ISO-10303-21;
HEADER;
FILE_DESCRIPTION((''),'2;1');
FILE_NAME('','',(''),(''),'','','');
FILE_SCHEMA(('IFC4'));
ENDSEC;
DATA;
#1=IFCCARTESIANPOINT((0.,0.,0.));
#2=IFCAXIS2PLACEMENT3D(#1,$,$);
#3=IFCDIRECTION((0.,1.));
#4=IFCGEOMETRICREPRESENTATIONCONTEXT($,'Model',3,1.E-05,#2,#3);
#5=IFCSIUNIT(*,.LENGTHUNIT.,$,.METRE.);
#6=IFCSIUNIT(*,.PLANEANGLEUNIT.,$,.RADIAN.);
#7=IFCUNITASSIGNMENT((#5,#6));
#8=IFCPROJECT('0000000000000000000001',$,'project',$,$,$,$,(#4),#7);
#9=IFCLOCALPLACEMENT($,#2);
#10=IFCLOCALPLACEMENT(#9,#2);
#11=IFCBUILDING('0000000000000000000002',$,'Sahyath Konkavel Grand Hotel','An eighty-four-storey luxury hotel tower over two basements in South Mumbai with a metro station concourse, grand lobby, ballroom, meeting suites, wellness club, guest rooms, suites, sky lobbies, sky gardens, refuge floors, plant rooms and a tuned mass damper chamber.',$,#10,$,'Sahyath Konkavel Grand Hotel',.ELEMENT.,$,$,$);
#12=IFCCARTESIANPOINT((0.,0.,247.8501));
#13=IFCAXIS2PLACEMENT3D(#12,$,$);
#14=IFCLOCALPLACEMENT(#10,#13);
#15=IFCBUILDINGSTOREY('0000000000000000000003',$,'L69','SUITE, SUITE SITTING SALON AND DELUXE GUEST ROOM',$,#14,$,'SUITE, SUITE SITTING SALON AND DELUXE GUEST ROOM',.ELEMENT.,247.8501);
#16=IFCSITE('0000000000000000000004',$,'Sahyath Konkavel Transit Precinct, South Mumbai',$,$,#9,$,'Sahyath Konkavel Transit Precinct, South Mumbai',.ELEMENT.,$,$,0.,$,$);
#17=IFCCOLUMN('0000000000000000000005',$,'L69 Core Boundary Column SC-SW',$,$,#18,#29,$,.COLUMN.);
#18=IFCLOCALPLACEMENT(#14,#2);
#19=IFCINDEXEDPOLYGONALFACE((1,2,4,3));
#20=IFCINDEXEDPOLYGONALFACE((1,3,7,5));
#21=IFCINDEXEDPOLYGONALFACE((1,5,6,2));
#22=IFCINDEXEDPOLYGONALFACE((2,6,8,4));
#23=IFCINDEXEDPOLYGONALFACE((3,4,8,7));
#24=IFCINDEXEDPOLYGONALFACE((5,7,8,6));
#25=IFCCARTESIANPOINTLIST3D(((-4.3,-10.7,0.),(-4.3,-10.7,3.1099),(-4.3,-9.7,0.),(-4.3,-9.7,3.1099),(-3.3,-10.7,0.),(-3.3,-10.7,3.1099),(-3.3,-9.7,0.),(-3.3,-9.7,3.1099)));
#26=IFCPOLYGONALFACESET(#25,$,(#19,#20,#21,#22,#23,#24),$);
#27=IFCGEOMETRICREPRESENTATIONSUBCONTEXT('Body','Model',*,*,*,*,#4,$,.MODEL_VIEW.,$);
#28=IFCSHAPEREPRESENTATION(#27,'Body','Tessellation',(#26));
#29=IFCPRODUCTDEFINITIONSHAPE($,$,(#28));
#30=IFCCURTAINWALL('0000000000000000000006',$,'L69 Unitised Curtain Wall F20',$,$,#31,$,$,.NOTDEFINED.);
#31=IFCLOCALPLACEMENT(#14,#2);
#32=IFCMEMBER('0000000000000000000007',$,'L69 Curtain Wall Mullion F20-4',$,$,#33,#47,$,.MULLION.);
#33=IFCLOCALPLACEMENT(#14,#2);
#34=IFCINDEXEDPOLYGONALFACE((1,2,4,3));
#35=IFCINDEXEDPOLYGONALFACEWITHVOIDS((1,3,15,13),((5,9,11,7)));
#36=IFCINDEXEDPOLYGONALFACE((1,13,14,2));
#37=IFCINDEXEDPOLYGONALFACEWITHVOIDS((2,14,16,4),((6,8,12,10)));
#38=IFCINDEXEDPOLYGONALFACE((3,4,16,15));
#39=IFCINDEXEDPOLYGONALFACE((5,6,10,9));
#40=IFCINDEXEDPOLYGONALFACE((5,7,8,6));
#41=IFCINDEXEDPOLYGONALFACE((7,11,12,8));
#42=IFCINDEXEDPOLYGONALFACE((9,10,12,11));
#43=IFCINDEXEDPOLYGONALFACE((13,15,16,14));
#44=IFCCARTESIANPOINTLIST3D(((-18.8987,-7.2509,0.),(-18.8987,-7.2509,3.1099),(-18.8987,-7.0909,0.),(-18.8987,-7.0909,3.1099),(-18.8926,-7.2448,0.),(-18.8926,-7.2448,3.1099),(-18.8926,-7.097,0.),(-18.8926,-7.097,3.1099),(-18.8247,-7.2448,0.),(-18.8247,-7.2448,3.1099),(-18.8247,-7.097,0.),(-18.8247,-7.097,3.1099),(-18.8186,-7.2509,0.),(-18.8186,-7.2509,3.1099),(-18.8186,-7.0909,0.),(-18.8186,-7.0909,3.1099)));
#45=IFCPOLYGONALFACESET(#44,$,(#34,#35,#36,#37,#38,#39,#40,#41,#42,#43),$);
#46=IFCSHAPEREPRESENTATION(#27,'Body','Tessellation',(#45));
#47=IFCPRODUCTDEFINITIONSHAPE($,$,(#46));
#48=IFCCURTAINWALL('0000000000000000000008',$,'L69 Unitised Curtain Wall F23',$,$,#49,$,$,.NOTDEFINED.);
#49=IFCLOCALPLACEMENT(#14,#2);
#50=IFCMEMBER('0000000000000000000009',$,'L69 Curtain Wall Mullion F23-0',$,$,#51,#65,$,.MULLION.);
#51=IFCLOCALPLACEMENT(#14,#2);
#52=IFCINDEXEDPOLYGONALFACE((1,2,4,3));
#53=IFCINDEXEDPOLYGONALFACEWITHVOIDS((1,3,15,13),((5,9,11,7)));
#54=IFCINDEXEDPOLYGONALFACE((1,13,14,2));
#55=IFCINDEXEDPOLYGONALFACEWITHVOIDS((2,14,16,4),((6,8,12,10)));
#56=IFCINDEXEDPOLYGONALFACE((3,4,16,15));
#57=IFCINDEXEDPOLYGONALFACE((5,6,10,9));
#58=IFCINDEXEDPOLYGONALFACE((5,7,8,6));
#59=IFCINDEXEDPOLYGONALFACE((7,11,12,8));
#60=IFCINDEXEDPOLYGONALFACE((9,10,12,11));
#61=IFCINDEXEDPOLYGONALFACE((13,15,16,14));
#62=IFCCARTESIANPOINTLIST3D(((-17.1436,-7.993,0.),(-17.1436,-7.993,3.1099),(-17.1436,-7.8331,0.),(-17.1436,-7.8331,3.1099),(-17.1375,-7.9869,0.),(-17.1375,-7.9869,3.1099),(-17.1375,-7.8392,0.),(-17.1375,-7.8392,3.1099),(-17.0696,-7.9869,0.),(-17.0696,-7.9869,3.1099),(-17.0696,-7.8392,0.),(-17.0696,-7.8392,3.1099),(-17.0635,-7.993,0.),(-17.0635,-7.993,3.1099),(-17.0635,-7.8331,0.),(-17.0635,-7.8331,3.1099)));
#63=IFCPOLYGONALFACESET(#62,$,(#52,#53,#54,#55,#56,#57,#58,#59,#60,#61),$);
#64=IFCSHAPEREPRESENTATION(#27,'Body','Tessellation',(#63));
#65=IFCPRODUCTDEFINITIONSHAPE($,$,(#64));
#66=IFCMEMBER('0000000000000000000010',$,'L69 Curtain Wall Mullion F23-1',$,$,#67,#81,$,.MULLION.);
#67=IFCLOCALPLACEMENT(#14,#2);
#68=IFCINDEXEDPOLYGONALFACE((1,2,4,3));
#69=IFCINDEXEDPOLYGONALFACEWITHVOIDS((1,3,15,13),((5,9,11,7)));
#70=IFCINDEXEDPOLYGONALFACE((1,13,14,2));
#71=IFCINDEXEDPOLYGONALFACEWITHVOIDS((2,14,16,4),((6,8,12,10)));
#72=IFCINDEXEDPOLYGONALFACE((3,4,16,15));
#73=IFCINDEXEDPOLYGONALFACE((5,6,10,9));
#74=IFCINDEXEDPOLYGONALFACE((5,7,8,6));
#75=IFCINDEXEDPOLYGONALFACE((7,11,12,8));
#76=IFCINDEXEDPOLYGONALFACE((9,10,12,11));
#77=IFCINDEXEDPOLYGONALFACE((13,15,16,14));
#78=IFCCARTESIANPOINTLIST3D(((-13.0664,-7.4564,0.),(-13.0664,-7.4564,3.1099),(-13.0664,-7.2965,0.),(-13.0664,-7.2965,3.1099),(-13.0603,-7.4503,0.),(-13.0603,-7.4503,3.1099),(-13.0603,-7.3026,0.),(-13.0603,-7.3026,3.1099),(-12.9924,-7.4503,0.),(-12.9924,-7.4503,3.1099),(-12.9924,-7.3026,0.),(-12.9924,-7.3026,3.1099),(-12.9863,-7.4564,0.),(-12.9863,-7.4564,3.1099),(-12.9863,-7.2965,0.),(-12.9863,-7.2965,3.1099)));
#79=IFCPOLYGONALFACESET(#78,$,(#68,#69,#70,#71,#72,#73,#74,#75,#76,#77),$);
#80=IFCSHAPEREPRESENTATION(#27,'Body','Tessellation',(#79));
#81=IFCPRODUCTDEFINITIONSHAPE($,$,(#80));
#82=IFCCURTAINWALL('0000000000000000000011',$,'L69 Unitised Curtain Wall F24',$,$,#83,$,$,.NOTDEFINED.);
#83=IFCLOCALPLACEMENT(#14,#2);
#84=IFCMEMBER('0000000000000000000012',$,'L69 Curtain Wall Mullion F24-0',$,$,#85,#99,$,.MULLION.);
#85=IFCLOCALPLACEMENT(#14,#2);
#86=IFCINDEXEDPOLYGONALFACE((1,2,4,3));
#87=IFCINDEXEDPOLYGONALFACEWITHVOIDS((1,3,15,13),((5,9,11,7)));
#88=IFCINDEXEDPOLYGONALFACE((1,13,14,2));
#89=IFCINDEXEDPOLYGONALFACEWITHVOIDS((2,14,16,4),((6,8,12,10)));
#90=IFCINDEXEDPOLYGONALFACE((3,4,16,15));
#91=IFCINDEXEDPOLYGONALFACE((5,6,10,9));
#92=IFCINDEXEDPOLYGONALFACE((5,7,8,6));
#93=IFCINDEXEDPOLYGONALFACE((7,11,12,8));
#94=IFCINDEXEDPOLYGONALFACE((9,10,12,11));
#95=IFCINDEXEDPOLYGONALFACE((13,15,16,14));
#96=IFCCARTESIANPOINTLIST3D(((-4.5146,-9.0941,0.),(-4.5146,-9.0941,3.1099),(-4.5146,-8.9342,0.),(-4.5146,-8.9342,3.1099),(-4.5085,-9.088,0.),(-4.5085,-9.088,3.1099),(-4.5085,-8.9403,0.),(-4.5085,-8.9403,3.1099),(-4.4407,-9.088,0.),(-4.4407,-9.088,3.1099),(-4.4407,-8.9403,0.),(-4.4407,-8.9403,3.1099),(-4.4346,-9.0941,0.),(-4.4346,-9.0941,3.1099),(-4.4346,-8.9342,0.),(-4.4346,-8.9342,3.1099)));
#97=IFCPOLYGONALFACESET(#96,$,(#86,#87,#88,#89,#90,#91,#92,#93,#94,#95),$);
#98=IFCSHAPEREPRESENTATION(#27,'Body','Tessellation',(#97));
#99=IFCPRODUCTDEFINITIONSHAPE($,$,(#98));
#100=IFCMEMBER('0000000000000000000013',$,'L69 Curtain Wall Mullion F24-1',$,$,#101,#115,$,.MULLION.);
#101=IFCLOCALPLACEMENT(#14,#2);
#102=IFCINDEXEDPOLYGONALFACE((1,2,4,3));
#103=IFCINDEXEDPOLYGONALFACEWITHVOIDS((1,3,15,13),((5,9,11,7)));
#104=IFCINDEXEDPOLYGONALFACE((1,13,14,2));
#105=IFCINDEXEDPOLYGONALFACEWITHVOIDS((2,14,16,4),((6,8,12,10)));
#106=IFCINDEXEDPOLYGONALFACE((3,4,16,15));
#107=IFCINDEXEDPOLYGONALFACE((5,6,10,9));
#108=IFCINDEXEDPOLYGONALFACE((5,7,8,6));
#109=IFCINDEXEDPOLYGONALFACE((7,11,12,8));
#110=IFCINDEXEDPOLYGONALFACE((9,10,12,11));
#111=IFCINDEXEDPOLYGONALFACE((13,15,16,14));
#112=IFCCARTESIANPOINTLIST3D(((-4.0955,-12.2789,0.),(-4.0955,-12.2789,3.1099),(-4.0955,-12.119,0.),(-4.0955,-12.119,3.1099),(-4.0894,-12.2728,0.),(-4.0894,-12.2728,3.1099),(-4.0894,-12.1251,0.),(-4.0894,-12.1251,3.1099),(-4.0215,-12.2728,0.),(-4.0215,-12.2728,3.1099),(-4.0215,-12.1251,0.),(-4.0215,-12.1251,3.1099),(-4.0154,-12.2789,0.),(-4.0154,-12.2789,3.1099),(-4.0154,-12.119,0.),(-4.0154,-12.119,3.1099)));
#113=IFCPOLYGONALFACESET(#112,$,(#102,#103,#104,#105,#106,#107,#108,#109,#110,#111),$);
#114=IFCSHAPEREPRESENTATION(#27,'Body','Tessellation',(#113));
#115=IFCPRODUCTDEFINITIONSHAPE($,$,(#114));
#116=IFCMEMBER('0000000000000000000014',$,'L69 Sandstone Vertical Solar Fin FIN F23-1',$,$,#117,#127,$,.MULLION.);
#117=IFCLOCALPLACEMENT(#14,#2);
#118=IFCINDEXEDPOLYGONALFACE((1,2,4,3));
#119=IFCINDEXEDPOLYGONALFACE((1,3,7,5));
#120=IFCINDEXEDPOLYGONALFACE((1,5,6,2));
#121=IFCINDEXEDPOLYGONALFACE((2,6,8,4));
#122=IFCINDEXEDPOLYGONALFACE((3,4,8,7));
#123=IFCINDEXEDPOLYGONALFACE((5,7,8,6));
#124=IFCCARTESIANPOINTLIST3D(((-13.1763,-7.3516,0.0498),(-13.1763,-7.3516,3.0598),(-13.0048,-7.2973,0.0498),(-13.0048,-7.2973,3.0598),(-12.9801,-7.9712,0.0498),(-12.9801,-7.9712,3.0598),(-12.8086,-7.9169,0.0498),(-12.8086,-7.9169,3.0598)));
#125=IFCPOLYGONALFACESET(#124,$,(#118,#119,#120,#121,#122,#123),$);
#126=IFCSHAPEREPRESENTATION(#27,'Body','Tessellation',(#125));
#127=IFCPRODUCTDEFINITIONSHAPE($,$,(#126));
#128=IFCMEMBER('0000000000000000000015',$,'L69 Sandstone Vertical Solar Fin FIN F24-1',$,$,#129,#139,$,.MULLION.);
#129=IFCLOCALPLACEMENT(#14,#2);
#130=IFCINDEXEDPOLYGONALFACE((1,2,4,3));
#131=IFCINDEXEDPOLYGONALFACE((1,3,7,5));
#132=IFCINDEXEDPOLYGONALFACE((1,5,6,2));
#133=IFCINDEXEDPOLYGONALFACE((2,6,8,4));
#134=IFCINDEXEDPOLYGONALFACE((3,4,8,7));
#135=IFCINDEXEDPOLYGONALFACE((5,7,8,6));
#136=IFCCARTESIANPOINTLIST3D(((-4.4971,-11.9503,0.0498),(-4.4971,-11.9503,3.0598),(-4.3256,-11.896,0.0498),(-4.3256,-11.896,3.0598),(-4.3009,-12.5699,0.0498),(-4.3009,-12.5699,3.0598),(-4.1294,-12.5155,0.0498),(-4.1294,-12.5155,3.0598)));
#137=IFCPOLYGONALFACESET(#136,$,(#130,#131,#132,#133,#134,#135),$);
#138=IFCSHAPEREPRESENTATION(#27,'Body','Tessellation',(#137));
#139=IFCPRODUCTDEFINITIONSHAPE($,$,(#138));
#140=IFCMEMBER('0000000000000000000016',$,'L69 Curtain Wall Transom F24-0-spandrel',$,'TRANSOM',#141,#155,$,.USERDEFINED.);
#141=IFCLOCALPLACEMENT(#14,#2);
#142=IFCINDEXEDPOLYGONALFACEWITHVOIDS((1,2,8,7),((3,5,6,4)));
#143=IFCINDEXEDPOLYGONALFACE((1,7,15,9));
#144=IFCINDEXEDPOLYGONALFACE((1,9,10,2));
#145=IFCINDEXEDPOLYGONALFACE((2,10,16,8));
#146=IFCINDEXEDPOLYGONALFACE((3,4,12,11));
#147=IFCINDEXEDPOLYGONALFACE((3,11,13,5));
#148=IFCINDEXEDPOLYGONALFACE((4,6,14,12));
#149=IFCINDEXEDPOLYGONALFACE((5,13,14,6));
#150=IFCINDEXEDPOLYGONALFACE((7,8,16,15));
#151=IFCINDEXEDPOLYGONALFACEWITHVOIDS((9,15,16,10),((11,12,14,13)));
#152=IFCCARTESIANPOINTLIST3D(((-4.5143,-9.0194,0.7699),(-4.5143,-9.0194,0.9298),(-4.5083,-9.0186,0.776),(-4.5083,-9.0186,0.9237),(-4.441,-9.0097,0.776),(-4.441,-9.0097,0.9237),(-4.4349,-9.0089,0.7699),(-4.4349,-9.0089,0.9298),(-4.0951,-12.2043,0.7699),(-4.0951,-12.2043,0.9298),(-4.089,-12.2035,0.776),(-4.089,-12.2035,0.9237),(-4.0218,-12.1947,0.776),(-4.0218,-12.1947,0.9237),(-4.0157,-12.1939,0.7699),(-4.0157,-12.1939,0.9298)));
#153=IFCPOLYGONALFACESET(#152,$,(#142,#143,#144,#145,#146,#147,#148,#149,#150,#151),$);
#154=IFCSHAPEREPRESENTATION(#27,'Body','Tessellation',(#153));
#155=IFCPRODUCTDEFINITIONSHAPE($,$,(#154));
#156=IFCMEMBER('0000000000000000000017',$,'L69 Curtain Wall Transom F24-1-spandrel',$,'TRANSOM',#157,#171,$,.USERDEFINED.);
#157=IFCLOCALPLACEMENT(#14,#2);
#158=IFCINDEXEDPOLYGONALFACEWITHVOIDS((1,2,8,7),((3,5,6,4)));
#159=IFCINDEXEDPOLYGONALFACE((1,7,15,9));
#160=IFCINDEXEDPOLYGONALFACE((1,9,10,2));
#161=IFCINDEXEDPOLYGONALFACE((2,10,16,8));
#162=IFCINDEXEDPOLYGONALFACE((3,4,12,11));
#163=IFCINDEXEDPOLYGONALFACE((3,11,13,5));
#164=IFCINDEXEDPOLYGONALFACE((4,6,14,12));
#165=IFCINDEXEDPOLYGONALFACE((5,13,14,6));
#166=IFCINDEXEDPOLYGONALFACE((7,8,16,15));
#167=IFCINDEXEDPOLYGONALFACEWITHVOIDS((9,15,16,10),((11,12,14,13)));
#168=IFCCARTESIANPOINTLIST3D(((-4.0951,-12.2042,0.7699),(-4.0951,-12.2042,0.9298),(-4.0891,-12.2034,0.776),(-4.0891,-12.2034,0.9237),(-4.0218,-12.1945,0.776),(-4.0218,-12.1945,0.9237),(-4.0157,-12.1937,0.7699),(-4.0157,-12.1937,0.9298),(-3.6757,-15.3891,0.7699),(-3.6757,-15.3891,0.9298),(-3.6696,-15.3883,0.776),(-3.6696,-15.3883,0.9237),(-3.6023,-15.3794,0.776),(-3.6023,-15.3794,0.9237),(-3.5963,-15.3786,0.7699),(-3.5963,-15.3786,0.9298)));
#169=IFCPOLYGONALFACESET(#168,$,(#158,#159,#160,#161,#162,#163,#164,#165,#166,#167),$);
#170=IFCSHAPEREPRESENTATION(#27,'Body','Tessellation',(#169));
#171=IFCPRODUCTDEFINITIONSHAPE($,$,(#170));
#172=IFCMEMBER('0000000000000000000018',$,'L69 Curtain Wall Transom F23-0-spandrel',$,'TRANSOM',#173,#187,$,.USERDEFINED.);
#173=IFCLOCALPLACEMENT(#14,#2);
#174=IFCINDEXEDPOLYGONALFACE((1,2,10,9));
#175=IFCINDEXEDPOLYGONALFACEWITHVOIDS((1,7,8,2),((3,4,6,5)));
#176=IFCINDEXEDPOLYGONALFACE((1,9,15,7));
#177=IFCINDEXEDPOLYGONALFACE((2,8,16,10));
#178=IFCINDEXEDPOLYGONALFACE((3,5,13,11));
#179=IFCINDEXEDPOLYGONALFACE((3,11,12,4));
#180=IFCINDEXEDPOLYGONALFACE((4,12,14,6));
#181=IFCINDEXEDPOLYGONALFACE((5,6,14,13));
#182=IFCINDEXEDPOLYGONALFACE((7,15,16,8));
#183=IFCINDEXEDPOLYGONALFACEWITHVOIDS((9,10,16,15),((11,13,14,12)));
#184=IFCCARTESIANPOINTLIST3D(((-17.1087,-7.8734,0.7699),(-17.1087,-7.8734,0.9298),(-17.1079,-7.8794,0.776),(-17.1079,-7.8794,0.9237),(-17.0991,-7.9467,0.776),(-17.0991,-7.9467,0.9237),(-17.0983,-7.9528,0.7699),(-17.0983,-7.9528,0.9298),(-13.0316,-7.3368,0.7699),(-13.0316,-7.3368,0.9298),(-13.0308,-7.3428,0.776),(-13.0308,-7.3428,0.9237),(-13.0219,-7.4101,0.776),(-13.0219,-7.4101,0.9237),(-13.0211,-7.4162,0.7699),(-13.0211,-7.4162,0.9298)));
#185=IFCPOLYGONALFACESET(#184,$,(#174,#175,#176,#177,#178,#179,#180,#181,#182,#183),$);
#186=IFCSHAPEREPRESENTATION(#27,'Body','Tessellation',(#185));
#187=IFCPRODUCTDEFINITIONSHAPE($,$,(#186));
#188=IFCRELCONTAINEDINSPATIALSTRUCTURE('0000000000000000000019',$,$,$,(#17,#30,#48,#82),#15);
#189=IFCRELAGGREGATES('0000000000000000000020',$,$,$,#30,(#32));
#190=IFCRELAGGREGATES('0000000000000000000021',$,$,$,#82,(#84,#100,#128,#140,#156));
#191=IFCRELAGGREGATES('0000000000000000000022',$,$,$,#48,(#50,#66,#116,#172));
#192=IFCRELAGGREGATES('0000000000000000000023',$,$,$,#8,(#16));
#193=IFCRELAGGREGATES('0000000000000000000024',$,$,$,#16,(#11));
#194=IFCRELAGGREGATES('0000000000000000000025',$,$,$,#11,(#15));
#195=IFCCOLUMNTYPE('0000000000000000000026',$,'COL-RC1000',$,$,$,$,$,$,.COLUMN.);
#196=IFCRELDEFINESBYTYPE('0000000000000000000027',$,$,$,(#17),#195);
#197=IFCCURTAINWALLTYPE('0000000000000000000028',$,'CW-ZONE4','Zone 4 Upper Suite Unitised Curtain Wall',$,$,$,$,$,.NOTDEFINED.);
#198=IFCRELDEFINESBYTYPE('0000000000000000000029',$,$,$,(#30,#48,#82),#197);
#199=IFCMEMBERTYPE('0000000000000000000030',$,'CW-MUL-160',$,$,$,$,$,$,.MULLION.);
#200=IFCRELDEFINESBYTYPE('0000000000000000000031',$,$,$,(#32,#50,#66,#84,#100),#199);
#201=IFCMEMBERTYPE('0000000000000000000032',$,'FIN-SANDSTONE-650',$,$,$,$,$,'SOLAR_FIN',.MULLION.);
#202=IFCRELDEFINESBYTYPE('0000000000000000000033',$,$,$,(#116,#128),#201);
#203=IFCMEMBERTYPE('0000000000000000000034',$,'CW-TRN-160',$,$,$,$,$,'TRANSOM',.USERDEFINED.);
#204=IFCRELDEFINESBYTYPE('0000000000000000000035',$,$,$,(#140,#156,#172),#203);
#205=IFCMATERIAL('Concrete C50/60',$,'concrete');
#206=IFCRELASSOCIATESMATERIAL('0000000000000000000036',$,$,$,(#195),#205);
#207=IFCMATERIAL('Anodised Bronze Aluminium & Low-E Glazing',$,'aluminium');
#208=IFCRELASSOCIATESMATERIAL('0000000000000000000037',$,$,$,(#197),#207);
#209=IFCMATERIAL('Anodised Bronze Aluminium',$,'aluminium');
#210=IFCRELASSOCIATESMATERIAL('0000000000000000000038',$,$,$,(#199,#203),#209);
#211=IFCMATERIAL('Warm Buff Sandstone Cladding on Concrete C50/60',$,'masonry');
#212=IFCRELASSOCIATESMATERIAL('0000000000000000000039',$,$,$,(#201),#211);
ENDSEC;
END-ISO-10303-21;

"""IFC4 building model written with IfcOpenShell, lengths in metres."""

from ifc_helpers import new_model, si_unit, direction, frame, origin, origin_2d, place, context, subcontext, project, spatial, rectangle, hollow_rectangle, extrude, source, transform, mapped, material, material_profile, profile_set, type_object, element, aggregate, save


model = new_model("IFC4")

# Units and contexts
model_context = context("Model", 3, precision=1e-05, world=origin(), true_north=direction((0.0, 1.0)))
body_context = subcontext(model_context, "Body", "Model", "MODEL_VIEW")
ifc_project = project(units=[si_unit("LENGTHUNIT", "METRE"), si_unit("PLANEANGLEUNIT", "RADIAN")], contexts=[model_context])

# Site, building, storey
site_placement = place(None, origin())
site = spatial("IfcSite", under=ifc_project, at=site_placement, Name="Sahyath Konkavel Transit Precinct, South Mumbai", LongName="Sahyath Konkavel Transit Precinct, South Mumbai", CompositionType="ELEMENT", RefElevation=0.0)
building_placement = place(site_placement, origin())
building = spatial("IfcBuilding", under=site, at=building_placement, Name="Sahyath Konkavel Grand Hotel", Description="An eighty-four-storey luxury hotel tower over two basements in South Mumbai with a metro station concourse, grand lobby, ballroom, meeting suites, wellness club, guest rooms, suites, sky lobbies, sky gardens, refuge floors, plant rooms and a tuned mass damper chamber.", LongName="Sahyath Konkavel Grand Hotel", CompositionType="ELEMENT")
storey_placement = place(building_placement, frame((0.0, 0.0, 247.8501)))
storey = spatial("IfcBuildingStorey", under=building, at=storey_placement, Name="L69", Description="SUITE, SUITE SITTING SALON AND DELUXE GUEST ROOM", LongName="SUITE, SUITE SITTING SALON AND DELUXE GUEST ROOM", CompositionType="ELEMENT", Elevation=247.8501)

# Column
ifc_material_1 = material(Name="Concrete C50/60", Category="concrete")
ifc_material_profile_1 = material_profile(ifc_material_1, rectangle(XDim=1.0, YDim=1.0, at=origin_2d()), Name="RC 1000x1000")
ifc_profile_set_1 = profile_set([ifc_material_profile_1], Name="Concrete C50/60")
column_type = type_object("IfcColumnType", Name="COL-RC1000", PredefinedType="COLUMN", material=ifc_profile_set_1)
shared_shape_1 = source(origin(), body_context, "Body", "SweptSolid", [
    extrude(rectangle(XDim=1.0, YDim=1.0, at=origin_2d()), origin(), (0.0, 0.0, 1.0), 3.1099),
])
column_placement = place(storey_placement, frame((-3.8, -10.2, 0.0), z_axis=(0.0, 0.0, 1.0), x_axis=(1.0, 0.0, 0.0)))
element("IfcColumn", 1, at=column_placement, inside=storey, type_object=column_type, Name="L69 Core Boundary Column SC-SW", PredefinedType="COLUMN", context=body_context, shape_type="MappedRepresentation", body=[
    mapped(shared_shape_1, transform((0.0, 0.0, 0.0), scale=1.0)),
])

# Curtain wall, member
ifc_material_2 = material(Name="Anodised Bronze Aluminium & Low-E Glazing", Category="aluminium")
curtain_wall_type = type_object("IfcCurtainWallType", Name="CW-ZONE4", Description="Zone 4 Upper Suite Unitised Curtain Wall", PredefinedType="NOTDEFINED", material=ifc_material_2)
curtain_wall_1_placement = place(storey_placement, origin())
curtain_wall_1 = element("IfcCurtainWall", 2, at=curtain_wall_1_placement, inside=storey, type_object=curtain_wall_type, Name="L69 Unitised Curtain Wall F20", PredefinedType="NOTDEFINED")
ifc_material_3 = material(Name="Anodised Bronze Aluminium", Category="aluminium")
ifc_material_profile_2 = material_profile(ifc_material_3, hollow_rectangle(XDim=0.0801, YDim=0.1599, WallThickness=0.0061, at=origin_2d()), Name="RHS 160x80x6")
ifc_profile_set_2 = profile_set([ifc_material_profile_2], Name="Anodised Bronze Aluminium")
member_type_1 = type_object("IfcMemberType", Name="CW-MUL-160", PredefinedType="MULLION", material=ifc_profile_set_2)
shared_shape_2 = source(origin(), body_context, "Body", "SweptSolid", [
    extrude(hollow_rectangle(XDim=0.0801, YDim=0.1599, WallThickness=0.0061, at=origin_2d()), origin(), (0.0, 0.0, 1.0), 3.1099),
])
member_1_placement = place(storey_placement, frame((-18.8586, -7.1709, 0.0), z_axis=(0.0, 0.0, 1.0), x_axis=(1.0, 0.0, 0.0)))
member_1 = element("IfcMember", 3, at=member_1_placement, type_object=member_type_1, Name="L69 Curtain Wall Mullion F20-4", PredefinedType="MULLION", context=body_context, shape_type="MappedRepresentation", body=[
    mapped(shared_shape_2, transform((0.0, 0.0, 0.0), scale=1.0)),
])
aggregate(curtain_wall_1, [member_1])

# Curtain walls, members
curtain_wall_2_placement = place(storey_placement, origin())
curtain_wall_2 = element("IfcCurtainWall", 4, at=curtain_wall_2_placement, inside=storey, type_object=curtain_wall_type, Name="L69 Unitised Curtain Wall F23", PredefinedType="NOTDEFINED")
member_2_placement = place(storey_placement, frame((-17.1035, -7.9131, 0.0), z_axis=(0.0, 0.0, 1.0), x_axis=(1.0, 0.0, 0.0)))
member_2 = element("IfcMember", 5, at=member_2_placement, type_object=member_type_1, Name="L69 Curtain Wall Mullion F23-0", PredefinedType="MULLION", context=body_context, shape_type="MappedRepresentation", body=[
    mapped(shared_shape_2, transform((0.0, 0.0, 0.0), scale=1.0)),
])
member_3_placement = place(storey_placement, frame((-13.0264, -7.3765, 0.0), z_axis=(0.0, 0.0, 1.0), x_axis=(1.0, 0.0, 0.0)))
member_3 = element("IfcMember", 6, at=member_3_placement, type_object=member_type_1, Name="L69 Curtain Wall Mullion F23-1", PredefinedType="MULLION", context=body_context, shape_type="MappedRepresentation", body=[
    mapped(shared_shape_2, transform((0.0, 0.0, 0.0), scale=1.0)),
])
curtain_wall_3_placement = place(storey_placement, origin())
curtain_wall_3 = element("IfcCurtainWall", 7, at=curtain_wall_3_placement, inside=storey, type_object=curtain_wall_type, Name="L69 Unitised Curtain Wall F24", PredefinedType="NOTDEFINED")
member_4_placement = place(storey_placement, frame((-4.4746, -9.0142, 0.0), z_axis=(0.0, 0.0, 1.0), x_axis=(1.0, 0.0, 0.0)))
member_4 = element("IfcMember", 8, at=member_4_placement, type_object=member_type_1, Name="L69 Curtain Wall Mullion F24-0", PredefinedType="MULLION", context=body_context, shape_type="MappedRepresentation", body=[
    mapped(shared_shape_2, transform((0.0, 0.0, 0.0), scale=1.0)),
])
member_5_placement = place(storey_placement, frame((-4.0554, -12.199, 0.0), z_axis=(0.0, 0.0, 1.0), x_axis=(1.0, 0.0, 0.0)))
member_5 = element("IfcMember", 9, at=member_5_placement, type_object=member_type_1, Name="L69 Curtain Wall Mullion F24-1", PredefinedType="MULLION", context=body_context, shape_type="MappedRepresentation", body=[
    mapped(shared_shape_2, transform((0.0, 0.0, 0.0), scale=1.0)),
])

# Members
ifc_material_4 = material(Name="Warm Buff Sandstone Cladding on Concrete C50/60", Category="masonry")
ifc_material_profile_3 = material_profile(ifc_material_4, rectangle(XDim=0.1799, YDim=0.6499, at=origin_2d()), Name="FIN 180x650")
ifc_profile_set_3 = profile_set([ifc_material_profile_3], Name="Warm Buff Sandstone Cladding on Concrete C50/60")
member_type_2 = type_object("IfcMemberType", Name="FIN-SANDSTONE-650", ElementType="SOLAR_FIN", PredefinedType="MULLION", material=ifc_profile_set_3)
shared_shape_3 = source(origin(), body_context, "Body", "SweptSolid", [
    extrude(rectangle(XDim=0.1799, YDim=0.6499, at=origin_2d()), origin(), (0.0, 0.0, 1.0), 3.01),
])
member_6_placement = place(storey_placement, frame((-12.9924, -7.6343, 0.0498), z_axis=(0.0, 0.0, 1.0), x_axis=(0.953349, 0.301871, 0.0)))
member_6 = element("IfcMember", 10, at=member_6_placement, type_object=member_type_2, Name="L69 Sandstone Vertical Solar Fin FIN F23-1", PredefinedType="MULLION", context=body_context, shape_type="MappedRepresentation", body=[
    mapped(shared_shape_3, transform((0.0, 0.0, 0.0), scale=1.0)),
])
member_7_placement = place(storey_placement, frame((-4.3132, -12.2329, 0.0498), z_axis=(0.0, 0.0, 1.0), x_axis=(0.953349, 0.301871, 0.0)))
member_7 = element("IfcMember", 11, at=member_7_placement, type_object=member_type_2, Name="L69 Sandstone Vertical Solar Fin FIN F24-1", PredefinedType="MULLION", context=body_context, shape_type="MappedRepresentation", body=[
    mapped(shared_shape_3, transform((0.0, 0.0, 0.0), scale=1.0)),
])
ifc_material_profile_4 = material_profile(ifc_material_3, hollow_rectangle(XDim=0.0801, YDim=0.1599, WallThickness=0.0061, at=origin_2d()), Name="RHS 160x80x6")
ifc_profile_set_4 = profile_set([ifc_material_profile_4], Name="Anodised Bronze Aluminium")
member_type_3 = type_object("IfcMemberType", Name="CW-TRN-160", ElementType="TRANSOM", PredefinedType="USERDEFINED", material=ifc_profile_set_4)
shared_shape_4 = source(origin(), body_context, "Body", "SweptSolid", [
    extrude(hollow_rectangle(XDim=0.0801, YDim=0.1599, WallThickness=0.0061, at=origin_2d()), origin(), (0.0, 0.0, 1.0), 3.2124),
])
member_8_placement = place(storey_placement, frame((-4.4746, -9.0142, 0.8499), z_axis=(0.130496, -0.991449, 0.0), x_axis=(0.991449, 0.130496, 0.0)))
member_8 = element("IfcMember", 12, at=member_8_placement, type_object=member_type_3, Name="L69 Curtain Wall Transom F24-0-spandrel", ObjectType="TRANSOM", PredefinedType="USERDEFINED", context=body_context, shape_type="MappedRepresentation", body=[
    mapped(shared_shape_4, transform((0.0, 0.0, 0.0), scale=1.0)),
])
member_9_placement = place(storey_placement, frame((-4.0554, -12.199, 0.8499), z_axis=(0.130571, -0.991439, 0.0), x_axis=(0.991439, 0.130571, 0.0)))
member_9 = element("IfcMember", 13, at=member_9_placement, type_object=member_type_3, Name="L69 Curtain Wall Transom F24-1-spandrel", ObjectType="TRANSOM", PredefinedType="USERDEFINED", context=body_context, shape_type="MappedRepresentation", body=[
    mapped(shared_shape_4, transform((0.0, 0.0, 0.0), scale=1.0)),
])
shared_shape_5 = source(origin(), body_context, "Body", "SweptSolid", [
    extrude(hollow_rectangle(XDim=0.0801, YDim=0.1599, WallThickness=0.0061, at=origin_2d()), origin(), (0.0, 0.0, 1.0), 4.1123),
])
member_10_placement = place(storey_placement, frame((-17.1035, -7.9131, 0.8499), z_axis=(0.991449, 0.130491, 0.0), x_axis=(-0.130491, 0.991449, 0.0)))
member_10 = element("IfcMember", 14, at=member_10_placement, type_object=member_type_3, Name="L69 Curtain Wall Transom F23-0-spandrel", ObjectType="TRANSOM", PredefinedType="USERDEFINED", context=body_context, shape_type="MappedRepresentation", body=[
    mapped(shared_shape_5, transform((0.0, 0.0, 0.0), scale=1.0)),
])

aggregate(curtain_wall_3, [member_4, member_5, member_7, member_8, member_9])
aggregate(curtain_wall_2, [member_2, member_3, member_6, member_10])

save(model, "model.ifc")
